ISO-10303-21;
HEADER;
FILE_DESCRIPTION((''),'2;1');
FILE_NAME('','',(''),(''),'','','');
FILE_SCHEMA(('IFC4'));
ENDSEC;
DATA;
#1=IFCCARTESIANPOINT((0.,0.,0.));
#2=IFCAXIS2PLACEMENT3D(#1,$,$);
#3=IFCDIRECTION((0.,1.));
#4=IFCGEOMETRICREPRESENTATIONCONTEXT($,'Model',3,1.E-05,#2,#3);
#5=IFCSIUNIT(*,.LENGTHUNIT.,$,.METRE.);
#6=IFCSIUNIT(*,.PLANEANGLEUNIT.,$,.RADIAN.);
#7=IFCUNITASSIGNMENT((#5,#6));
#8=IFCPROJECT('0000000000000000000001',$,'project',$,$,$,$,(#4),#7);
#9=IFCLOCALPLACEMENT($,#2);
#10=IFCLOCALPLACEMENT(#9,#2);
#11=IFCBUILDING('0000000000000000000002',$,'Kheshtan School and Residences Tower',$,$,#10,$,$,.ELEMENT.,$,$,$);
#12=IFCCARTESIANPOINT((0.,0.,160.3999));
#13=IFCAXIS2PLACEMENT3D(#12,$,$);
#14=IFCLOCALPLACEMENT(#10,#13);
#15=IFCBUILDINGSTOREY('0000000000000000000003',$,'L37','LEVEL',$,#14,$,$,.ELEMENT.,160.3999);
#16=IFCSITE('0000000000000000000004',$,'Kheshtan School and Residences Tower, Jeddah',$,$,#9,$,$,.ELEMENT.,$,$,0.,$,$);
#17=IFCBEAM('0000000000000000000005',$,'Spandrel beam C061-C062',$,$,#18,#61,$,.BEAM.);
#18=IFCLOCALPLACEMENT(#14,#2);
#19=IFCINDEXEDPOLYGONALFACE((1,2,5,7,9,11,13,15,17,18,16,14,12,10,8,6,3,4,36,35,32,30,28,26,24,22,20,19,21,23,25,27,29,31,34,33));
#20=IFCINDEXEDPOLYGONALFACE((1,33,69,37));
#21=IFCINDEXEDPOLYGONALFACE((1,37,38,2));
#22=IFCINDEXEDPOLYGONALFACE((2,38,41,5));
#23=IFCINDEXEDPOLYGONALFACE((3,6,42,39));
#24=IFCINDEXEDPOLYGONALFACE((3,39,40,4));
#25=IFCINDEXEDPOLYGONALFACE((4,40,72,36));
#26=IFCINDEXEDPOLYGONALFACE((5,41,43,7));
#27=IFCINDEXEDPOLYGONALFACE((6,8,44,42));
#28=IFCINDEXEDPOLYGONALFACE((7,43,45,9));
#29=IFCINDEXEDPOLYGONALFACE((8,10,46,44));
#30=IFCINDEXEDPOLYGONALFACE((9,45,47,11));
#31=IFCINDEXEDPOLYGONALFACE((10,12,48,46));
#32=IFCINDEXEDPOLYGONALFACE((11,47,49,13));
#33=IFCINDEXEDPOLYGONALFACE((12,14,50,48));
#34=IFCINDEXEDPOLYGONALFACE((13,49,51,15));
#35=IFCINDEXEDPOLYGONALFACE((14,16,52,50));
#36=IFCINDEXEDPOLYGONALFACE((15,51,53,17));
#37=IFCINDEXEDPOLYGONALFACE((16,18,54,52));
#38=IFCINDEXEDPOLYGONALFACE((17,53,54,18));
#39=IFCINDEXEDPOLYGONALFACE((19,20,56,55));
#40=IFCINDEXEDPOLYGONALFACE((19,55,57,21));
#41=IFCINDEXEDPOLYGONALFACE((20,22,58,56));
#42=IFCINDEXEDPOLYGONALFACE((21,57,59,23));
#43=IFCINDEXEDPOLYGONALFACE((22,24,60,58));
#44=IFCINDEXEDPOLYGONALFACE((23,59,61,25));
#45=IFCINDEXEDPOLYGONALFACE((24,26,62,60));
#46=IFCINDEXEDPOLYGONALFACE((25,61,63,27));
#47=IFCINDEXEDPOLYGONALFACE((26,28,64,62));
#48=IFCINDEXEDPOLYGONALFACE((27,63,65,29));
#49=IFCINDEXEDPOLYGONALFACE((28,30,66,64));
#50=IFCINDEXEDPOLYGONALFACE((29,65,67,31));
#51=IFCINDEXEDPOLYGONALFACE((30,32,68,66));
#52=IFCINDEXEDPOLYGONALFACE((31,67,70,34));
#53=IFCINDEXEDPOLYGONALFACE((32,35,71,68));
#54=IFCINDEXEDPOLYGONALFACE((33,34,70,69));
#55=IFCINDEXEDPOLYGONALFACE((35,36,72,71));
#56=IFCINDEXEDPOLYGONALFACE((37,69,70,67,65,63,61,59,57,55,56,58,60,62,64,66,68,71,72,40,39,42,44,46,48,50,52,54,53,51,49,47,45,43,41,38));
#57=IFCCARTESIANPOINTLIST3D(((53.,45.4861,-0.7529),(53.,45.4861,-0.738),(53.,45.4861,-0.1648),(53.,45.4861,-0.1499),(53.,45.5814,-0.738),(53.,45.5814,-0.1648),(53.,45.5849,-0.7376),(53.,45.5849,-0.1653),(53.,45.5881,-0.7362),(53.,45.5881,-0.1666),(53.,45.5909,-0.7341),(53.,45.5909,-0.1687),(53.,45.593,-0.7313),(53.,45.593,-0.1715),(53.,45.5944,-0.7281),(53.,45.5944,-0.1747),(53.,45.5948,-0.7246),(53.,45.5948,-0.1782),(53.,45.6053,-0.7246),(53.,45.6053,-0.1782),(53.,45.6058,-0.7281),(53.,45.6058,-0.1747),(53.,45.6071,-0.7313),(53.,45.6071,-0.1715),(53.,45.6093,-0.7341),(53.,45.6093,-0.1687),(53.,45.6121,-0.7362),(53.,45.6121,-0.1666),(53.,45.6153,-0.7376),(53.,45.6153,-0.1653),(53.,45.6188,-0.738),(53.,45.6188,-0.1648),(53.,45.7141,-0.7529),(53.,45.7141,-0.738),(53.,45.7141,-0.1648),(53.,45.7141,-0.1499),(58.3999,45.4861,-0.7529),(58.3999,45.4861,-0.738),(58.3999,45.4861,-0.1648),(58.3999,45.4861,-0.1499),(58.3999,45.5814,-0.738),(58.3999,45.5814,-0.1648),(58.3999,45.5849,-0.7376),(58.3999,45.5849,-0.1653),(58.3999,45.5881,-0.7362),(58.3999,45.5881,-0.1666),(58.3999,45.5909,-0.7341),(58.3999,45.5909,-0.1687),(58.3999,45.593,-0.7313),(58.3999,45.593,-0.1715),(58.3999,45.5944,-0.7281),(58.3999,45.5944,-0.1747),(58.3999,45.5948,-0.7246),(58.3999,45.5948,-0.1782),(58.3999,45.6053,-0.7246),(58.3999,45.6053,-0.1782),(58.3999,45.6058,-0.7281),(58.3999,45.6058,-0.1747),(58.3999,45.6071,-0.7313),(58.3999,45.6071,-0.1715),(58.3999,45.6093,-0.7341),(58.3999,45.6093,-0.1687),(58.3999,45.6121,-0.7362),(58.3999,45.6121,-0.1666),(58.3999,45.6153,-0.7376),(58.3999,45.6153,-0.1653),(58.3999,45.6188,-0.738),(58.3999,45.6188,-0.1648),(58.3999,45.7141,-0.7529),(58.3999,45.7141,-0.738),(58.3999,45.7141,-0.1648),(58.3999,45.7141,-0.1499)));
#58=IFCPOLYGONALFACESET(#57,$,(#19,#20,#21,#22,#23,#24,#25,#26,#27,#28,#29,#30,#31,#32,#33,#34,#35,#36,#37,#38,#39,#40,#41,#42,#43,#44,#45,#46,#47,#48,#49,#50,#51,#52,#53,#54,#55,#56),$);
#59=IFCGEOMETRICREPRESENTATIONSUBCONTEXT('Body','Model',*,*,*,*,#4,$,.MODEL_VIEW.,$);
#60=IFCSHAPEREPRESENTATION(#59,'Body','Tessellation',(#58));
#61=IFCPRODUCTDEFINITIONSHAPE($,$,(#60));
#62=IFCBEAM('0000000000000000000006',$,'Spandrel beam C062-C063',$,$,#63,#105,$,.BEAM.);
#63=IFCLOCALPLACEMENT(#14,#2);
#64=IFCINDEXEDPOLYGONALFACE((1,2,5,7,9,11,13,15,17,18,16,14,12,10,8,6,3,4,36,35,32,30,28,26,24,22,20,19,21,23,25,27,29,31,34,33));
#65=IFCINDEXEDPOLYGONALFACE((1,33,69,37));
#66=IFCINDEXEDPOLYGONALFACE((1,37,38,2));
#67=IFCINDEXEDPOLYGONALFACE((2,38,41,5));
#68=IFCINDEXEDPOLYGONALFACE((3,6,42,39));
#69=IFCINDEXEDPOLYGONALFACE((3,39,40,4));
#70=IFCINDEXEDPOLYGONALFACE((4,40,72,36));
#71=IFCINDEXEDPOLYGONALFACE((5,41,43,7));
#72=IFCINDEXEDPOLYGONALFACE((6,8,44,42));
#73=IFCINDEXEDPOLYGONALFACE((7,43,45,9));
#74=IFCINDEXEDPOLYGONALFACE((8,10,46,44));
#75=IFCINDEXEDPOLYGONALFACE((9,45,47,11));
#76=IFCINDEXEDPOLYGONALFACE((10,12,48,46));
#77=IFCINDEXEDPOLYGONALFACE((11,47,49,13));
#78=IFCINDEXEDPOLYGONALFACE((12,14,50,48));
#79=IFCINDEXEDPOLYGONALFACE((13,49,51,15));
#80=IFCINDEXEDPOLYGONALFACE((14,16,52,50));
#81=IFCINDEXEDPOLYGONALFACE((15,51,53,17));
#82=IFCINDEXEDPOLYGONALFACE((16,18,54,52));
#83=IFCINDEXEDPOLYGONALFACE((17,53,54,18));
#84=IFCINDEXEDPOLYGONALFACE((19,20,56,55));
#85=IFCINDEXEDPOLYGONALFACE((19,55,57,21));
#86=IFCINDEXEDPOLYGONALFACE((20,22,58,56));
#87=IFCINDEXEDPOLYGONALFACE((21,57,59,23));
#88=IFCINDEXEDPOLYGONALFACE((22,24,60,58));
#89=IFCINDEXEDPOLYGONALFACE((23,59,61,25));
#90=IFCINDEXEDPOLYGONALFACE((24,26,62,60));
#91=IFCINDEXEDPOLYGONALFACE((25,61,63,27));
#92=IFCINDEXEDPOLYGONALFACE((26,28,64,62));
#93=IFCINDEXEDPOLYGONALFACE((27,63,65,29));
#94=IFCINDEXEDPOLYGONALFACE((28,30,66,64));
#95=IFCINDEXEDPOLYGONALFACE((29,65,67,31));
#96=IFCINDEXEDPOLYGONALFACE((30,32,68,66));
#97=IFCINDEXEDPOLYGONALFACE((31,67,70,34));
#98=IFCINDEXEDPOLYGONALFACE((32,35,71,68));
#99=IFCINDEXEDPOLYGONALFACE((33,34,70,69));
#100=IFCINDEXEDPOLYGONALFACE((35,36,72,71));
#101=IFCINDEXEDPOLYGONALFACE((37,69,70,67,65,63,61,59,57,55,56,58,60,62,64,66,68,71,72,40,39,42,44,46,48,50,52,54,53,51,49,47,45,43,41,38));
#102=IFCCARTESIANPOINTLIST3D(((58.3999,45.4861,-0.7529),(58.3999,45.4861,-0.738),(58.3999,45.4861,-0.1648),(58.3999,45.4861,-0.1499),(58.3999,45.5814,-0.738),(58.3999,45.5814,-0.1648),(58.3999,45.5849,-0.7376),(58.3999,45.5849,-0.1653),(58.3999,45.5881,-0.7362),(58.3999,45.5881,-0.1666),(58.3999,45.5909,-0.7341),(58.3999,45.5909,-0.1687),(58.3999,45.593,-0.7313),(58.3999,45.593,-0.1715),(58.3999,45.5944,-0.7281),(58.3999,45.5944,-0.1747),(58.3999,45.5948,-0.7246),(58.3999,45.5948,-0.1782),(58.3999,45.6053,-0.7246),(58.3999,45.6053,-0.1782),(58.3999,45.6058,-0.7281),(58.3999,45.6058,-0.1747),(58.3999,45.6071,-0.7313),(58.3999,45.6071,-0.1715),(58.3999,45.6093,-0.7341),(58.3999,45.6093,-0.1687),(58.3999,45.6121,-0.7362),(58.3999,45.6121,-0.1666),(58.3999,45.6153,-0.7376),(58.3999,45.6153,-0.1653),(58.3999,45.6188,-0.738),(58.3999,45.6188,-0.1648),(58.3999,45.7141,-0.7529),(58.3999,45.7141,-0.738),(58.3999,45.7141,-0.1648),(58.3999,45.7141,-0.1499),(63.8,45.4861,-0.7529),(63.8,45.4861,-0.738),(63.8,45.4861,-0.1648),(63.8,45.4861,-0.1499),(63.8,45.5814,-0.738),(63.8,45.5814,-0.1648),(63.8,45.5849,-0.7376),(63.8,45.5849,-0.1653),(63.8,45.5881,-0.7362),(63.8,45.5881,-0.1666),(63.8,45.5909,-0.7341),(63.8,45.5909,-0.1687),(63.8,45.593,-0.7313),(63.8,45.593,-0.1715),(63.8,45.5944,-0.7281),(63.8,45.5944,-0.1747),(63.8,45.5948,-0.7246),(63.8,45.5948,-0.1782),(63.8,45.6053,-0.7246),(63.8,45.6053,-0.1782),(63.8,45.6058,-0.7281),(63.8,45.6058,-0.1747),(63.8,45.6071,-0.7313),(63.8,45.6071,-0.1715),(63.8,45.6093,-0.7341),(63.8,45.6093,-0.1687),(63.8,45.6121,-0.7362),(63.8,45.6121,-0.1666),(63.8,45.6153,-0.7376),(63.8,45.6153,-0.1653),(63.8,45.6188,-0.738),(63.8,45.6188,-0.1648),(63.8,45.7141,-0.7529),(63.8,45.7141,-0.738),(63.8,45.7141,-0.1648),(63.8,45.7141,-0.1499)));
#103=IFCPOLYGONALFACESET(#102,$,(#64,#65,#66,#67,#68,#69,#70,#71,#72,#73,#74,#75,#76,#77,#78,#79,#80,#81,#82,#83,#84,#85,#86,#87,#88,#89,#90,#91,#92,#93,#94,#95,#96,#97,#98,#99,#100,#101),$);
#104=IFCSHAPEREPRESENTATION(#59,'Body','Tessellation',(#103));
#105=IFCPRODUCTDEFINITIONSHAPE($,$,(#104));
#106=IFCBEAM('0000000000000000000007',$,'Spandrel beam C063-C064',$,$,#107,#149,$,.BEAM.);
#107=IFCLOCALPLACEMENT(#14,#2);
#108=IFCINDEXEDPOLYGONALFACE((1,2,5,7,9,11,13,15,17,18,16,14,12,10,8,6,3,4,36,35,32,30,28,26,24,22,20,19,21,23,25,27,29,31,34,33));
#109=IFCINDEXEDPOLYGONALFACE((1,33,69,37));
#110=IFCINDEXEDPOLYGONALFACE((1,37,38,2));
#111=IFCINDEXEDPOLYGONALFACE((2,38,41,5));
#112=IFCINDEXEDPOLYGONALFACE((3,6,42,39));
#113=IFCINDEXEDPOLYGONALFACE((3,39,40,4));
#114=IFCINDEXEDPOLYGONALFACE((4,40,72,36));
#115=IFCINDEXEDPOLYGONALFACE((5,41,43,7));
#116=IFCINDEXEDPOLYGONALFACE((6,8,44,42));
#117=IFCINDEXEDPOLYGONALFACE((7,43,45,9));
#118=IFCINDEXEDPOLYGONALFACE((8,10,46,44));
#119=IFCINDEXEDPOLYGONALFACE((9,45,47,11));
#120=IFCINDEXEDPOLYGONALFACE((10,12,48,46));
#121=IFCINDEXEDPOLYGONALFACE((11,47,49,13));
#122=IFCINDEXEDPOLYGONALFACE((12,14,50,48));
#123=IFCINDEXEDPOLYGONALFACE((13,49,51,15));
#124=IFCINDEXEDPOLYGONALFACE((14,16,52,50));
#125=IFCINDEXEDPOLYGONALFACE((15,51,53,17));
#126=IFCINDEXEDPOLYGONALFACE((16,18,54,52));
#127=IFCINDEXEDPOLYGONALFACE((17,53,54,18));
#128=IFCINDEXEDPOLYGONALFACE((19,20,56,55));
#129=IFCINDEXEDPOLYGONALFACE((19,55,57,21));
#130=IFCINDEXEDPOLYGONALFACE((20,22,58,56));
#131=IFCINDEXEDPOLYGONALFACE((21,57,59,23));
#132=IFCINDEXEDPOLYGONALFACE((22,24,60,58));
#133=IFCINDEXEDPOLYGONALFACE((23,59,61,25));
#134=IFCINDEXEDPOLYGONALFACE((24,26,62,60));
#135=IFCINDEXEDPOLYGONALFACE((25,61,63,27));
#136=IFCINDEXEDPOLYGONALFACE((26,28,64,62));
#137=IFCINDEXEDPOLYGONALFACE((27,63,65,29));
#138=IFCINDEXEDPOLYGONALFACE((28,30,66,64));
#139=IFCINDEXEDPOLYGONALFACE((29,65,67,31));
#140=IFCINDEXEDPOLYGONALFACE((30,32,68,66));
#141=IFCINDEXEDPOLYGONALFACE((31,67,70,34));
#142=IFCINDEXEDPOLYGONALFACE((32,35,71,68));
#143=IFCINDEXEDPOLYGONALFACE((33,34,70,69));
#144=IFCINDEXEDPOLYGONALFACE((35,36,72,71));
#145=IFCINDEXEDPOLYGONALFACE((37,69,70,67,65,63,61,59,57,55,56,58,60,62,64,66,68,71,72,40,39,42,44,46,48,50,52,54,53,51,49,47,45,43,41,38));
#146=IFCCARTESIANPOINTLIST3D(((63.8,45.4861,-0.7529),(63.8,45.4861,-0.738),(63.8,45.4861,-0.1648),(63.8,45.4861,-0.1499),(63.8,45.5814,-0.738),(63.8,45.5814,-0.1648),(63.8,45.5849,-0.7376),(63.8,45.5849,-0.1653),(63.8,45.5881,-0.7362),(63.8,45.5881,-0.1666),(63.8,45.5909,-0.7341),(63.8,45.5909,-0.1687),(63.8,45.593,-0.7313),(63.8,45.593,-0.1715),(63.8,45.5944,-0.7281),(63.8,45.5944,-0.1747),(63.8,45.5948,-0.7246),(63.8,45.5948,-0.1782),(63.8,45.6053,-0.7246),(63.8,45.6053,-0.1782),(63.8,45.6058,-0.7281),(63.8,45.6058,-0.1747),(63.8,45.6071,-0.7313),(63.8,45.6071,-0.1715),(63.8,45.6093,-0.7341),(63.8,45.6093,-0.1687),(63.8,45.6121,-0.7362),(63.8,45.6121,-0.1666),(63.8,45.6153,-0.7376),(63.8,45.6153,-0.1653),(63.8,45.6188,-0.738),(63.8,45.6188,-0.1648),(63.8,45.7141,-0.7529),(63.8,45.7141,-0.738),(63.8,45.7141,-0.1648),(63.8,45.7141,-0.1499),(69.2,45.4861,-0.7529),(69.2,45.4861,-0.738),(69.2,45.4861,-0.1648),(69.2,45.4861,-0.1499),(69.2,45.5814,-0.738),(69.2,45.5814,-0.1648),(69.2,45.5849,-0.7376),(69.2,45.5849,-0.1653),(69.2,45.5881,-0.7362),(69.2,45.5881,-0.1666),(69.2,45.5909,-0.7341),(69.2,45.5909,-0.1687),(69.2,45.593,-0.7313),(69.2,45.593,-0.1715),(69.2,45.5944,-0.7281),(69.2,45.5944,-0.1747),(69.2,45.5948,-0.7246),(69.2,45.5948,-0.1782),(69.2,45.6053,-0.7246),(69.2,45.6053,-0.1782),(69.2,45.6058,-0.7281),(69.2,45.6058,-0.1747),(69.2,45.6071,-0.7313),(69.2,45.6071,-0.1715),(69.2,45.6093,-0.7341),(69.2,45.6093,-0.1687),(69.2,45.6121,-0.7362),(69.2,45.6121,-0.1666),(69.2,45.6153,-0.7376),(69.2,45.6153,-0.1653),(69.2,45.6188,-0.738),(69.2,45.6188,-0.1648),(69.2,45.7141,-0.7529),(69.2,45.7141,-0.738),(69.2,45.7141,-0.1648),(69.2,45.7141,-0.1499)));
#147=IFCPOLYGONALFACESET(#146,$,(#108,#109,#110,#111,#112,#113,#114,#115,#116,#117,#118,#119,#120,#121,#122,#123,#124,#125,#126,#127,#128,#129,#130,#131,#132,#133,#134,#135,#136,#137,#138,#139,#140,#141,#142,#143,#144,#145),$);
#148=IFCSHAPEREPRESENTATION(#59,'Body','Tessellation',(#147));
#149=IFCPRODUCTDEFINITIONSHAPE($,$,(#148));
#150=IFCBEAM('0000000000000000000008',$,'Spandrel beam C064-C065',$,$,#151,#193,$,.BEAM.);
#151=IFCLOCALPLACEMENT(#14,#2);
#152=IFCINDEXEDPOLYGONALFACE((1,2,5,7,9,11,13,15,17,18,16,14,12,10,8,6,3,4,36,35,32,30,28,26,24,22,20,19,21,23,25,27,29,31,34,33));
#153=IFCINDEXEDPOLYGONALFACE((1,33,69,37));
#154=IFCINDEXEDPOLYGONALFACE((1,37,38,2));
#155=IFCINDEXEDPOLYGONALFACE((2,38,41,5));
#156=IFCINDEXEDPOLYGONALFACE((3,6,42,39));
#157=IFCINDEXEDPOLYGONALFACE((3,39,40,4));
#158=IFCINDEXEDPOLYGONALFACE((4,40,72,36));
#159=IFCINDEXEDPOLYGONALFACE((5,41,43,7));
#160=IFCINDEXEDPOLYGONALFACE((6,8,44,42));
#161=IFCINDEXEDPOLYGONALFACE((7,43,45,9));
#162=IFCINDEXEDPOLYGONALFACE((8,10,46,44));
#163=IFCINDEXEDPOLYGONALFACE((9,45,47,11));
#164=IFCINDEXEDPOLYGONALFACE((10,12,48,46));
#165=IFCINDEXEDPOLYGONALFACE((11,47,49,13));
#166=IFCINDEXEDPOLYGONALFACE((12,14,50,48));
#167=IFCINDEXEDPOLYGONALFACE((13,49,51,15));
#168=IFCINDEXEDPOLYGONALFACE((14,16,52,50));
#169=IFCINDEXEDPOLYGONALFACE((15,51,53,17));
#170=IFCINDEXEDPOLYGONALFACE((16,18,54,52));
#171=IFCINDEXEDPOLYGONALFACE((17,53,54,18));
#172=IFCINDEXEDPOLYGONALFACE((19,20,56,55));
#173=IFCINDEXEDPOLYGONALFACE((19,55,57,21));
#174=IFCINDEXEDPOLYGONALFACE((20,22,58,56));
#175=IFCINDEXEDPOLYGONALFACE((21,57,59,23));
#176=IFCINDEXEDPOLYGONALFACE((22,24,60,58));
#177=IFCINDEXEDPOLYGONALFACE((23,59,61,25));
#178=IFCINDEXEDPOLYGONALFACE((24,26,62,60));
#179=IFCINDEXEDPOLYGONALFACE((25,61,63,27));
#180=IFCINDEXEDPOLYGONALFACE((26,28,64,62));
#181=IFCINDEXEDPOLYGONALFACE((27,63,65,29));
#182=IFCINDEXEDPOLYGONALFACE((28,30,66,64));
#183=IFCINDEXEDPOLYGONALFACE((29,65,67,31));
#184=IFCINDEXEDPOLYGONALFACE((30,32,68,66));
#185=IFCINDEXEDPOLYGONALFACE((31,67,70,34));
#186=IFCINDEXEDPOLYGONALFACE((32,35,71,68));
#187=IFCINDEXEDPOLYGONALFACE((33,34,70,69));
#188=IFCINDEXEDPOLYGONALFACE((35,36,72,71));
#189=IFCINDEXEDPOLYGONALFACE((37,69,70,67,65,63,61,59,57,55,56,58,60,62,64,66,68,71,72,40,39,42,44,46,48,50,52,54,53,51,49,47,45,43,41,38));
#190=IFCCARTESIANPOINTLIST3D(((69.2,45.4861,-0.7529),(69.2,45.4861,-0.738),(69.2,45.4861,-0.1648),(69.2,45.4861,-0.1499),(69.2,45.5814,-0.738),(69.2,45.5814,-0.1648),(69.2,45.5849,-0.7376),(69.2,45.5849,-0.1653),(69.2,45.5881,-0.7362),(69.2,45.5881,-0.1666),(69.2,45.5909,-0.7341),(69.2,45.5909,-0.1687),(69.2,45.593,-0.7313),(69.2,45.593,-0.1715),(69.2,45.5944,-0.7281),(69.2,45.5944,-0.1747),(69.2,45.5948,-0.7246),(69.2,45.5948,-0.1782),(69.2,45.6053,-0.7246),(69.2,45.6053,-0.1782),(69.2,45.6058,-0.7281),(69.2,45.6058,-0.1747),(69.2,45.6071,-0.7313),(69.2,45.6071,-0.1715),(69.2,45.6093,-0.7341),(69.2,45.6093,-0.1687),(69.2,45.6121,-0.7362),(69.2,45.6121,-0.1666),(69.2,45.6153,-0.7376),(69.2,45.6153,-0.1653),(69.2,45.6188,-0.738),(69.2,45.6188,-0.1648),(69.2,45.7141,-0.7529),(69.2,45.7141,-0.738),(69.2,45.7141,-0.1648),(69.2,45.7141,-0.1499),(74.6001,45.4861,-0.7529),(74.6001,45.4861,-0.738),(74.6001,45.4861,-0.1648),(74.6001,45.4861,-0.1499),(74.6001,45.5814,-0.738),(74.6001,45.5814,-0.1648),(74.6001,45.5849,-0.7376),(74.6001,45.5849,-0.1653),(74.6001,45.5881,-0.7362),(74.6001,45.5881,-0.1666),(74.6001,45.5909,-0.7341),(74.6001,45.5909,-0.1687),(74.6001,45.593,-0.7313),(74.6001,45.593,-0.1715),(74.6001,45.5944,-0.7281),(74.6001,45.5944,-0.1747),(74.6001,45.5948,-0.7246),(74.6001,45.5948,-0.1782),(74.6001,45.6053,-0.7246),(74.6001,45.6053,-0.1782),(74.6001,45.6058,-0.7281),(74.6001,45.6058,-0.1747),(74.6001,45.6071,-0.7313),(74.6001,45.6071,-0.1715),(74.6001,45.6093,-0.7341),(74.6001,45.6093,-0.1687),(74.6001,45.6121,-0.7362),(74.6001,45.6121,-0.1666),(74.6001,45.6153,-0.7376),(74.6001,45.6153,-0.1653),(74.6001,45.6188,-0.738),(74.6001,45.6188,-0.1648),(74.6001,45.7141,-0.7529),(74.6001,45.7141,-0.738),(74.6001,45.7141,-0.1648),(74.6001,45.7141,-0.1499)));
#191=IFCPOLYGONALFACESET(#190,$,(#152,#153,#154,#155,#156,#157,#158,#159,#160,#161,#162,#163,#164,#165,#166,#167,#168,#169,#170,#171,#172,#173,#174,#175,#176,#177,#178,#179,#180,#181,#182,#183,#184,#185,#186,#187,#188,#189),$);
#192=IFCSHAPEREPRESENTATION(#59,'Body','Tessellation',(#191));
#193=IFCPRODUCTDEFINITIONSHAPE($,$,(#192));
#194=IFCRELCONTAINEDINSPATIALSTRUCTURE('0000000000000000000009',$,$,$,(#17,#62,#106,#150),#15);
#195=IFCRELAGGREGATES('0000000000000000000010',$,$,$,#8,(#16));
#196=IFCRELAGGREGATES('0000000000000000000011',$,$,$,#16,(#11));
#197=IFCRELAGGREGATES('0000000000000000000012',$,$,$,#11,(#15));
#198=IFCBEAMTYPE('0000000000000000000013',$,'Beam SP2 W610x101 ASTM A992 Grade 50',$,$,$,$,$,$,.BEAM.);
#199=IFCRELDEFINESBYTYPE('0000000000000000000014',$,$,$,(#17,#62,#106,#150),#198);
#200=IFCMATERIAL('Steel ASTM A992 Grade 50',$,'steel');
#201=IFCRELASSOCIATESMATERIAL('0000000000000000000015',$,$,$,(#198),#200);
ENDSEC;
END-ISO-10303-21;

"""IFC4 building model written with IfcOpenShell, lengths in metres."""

from ifc_helpers import new_model, si_unit, direction, frame, origin, origin_2d, place, context, subcontext, project, spatial, i_section, extrude, material, material_profile, profile_set, type_object, element, save


model = new_model("IFC4")

# Units and contexts
model_context = context("Model", 3, precision=1e-05, world=origin(), true_north=direction((0.0, 1.0)))
body_context = subcontext(model_context, "Body", "Model", "MODEL_VIEW")
ifc_project = project(units=[si_unit("LENGTHUNIT", "METRE"), si_unit("PLANEANGLEUNIT", "RADIAN")], contexts=[model_context])

# Site, building, storey
site_placement = place(None, origin())
site = spatial("IfcSite", under=ifc_project, at=site_placement, Name="Kheshtan School and Residences Tower, Jeddah", CompositionType="ELEMENT", RefElevation=0.0)
building_placement = place(site_placement, origin())
building = spatial("IfcBuilding", under=site, at=building_placement, Name="Kheshtan School and Residences Tower", CompositionType="ELEMENT")
storey_placement = place(building_placement, frame((0.0, 0.0, 160.3999)))
storey = spatial("IfcBuildingStorey", under=building, at=storey_placement, Name="L37", Description="LEVEL", CompositionType="ELEMENT", Elevation=160.3999)

# Shared definitions
ifc_material_1 = material(Name="Steel ASTM A992 Grade 50", Category="steel")

# Beams
ifc_material_profile_1 = material_profile(ifc_material_1, i_section(OverallWidth=0.228, OverallDepth=0.603, WebThickness=0.0105, FlangeThickness=0.0149, FilletRadius=0.0134, at=origin_2d()), Name="W610x101")
ifc_profile_set_1 = profile_set([ifc_material_profile_1], Name="Steel ASTM A992 Grade 50")
beam_type_1 = type_object("IfcBeamType", Name="Beam SP2 W610x101 ASTM A992 Grade 50", PredefinedType="BEAM", material=ifc_profile_set_1)
beam_1_placement = place(storey_placement, frame((53.0, 45.6001, -0.4514), z_axis=(1.0, 0.0, 0.0), x_axis=(0.0, 1.0, 0.0)))
element("IfcBeam", 1, at=beam_1_placement, inside=storey, type_object=beam_type_1, Name="Spandrel beam C061-C062", PredefinedType="BEAM", context=body_context, shape_type="SweptSolid", body=[
    extrude(i_section(OverallWidth=0.228, OverallDepth=0.603, WebThickness=0.0105, FlangeThickness=0.0149, FilletRadius=0.0134, at=origin_2d()), origin(), (0.0, 0.0, 1.0), 5.3999),
])
beam_2_placement = place(storey_placement, frame((58.3999, 45.6001, -0.4514), z_axis=(1.0, 0.0, 0.0), x_axis=(0.0, 1.0, 0.0)))
element("IfcBeam", 2, at=beam_2_placement, inside=storey, type_object=beam_type_1, Name="Spandrel beam C062-C063", PredefinedType="BEAM", context=body_context, shape_type="SweptSolid", body=[
    extrude(i_section(OverallWidth=0.228, OverallDepth=0.603, WebThickness=0.0105, FlangeThickness=0.0149, FilletRadius=0.0134, at=origin_2d()), origin(), (0.0, 0.0, 1.0), 5.4001),
])
beam_3_placement = place(storey_placement, frame((63.8, 45.6001, -0.4514), z_axis=(1.0, 0.0, 0.0), x_axis=(0.0, 1.0, 0.0)))
element("IfcBeam", 3, at=beam_3_placement, inside=storey, type_object=beam_type_1, Name="Spandrel beam C063-C064", PredefinedType="BEAM", context=body_context, shape_type="SweptSolid", body=[
    extrude(i_section(OverallWidth=0.228, OverallDepth=0.603, WebThickness=0.0105, FlangeThickness=0.0149, FilletRadius=0.0134, at=origin_2d()), origin(), (0.0, 0.0, 1.0), 5.3999),
])
beam_4_placement = place(storey_placement, frame((69.2, 45.6001, -0.4514), z_axis=(1.0, 0.0, 0.0), x_axis=(0.0, 1.0, 0.0)))
element("IfcBeam", 4, at=beam_4_placement, inside=storey, type_object=beam_type_1, Name="Spandrel beam C064-C065", PredefinedType="BEAM", context=body_context, shape_type="SweptSolid", body=[
    extrude(i_section(OverallWidth=0.228, OverallDepth=0.603, WebThickness=0.0105, FlangeThickness=0.0149, FilletRadius=0.0134, at=origin_2d()), origin(), (0.0, 0.0, 1.0), 5.4001),
])

save(model, "model.ifc")
